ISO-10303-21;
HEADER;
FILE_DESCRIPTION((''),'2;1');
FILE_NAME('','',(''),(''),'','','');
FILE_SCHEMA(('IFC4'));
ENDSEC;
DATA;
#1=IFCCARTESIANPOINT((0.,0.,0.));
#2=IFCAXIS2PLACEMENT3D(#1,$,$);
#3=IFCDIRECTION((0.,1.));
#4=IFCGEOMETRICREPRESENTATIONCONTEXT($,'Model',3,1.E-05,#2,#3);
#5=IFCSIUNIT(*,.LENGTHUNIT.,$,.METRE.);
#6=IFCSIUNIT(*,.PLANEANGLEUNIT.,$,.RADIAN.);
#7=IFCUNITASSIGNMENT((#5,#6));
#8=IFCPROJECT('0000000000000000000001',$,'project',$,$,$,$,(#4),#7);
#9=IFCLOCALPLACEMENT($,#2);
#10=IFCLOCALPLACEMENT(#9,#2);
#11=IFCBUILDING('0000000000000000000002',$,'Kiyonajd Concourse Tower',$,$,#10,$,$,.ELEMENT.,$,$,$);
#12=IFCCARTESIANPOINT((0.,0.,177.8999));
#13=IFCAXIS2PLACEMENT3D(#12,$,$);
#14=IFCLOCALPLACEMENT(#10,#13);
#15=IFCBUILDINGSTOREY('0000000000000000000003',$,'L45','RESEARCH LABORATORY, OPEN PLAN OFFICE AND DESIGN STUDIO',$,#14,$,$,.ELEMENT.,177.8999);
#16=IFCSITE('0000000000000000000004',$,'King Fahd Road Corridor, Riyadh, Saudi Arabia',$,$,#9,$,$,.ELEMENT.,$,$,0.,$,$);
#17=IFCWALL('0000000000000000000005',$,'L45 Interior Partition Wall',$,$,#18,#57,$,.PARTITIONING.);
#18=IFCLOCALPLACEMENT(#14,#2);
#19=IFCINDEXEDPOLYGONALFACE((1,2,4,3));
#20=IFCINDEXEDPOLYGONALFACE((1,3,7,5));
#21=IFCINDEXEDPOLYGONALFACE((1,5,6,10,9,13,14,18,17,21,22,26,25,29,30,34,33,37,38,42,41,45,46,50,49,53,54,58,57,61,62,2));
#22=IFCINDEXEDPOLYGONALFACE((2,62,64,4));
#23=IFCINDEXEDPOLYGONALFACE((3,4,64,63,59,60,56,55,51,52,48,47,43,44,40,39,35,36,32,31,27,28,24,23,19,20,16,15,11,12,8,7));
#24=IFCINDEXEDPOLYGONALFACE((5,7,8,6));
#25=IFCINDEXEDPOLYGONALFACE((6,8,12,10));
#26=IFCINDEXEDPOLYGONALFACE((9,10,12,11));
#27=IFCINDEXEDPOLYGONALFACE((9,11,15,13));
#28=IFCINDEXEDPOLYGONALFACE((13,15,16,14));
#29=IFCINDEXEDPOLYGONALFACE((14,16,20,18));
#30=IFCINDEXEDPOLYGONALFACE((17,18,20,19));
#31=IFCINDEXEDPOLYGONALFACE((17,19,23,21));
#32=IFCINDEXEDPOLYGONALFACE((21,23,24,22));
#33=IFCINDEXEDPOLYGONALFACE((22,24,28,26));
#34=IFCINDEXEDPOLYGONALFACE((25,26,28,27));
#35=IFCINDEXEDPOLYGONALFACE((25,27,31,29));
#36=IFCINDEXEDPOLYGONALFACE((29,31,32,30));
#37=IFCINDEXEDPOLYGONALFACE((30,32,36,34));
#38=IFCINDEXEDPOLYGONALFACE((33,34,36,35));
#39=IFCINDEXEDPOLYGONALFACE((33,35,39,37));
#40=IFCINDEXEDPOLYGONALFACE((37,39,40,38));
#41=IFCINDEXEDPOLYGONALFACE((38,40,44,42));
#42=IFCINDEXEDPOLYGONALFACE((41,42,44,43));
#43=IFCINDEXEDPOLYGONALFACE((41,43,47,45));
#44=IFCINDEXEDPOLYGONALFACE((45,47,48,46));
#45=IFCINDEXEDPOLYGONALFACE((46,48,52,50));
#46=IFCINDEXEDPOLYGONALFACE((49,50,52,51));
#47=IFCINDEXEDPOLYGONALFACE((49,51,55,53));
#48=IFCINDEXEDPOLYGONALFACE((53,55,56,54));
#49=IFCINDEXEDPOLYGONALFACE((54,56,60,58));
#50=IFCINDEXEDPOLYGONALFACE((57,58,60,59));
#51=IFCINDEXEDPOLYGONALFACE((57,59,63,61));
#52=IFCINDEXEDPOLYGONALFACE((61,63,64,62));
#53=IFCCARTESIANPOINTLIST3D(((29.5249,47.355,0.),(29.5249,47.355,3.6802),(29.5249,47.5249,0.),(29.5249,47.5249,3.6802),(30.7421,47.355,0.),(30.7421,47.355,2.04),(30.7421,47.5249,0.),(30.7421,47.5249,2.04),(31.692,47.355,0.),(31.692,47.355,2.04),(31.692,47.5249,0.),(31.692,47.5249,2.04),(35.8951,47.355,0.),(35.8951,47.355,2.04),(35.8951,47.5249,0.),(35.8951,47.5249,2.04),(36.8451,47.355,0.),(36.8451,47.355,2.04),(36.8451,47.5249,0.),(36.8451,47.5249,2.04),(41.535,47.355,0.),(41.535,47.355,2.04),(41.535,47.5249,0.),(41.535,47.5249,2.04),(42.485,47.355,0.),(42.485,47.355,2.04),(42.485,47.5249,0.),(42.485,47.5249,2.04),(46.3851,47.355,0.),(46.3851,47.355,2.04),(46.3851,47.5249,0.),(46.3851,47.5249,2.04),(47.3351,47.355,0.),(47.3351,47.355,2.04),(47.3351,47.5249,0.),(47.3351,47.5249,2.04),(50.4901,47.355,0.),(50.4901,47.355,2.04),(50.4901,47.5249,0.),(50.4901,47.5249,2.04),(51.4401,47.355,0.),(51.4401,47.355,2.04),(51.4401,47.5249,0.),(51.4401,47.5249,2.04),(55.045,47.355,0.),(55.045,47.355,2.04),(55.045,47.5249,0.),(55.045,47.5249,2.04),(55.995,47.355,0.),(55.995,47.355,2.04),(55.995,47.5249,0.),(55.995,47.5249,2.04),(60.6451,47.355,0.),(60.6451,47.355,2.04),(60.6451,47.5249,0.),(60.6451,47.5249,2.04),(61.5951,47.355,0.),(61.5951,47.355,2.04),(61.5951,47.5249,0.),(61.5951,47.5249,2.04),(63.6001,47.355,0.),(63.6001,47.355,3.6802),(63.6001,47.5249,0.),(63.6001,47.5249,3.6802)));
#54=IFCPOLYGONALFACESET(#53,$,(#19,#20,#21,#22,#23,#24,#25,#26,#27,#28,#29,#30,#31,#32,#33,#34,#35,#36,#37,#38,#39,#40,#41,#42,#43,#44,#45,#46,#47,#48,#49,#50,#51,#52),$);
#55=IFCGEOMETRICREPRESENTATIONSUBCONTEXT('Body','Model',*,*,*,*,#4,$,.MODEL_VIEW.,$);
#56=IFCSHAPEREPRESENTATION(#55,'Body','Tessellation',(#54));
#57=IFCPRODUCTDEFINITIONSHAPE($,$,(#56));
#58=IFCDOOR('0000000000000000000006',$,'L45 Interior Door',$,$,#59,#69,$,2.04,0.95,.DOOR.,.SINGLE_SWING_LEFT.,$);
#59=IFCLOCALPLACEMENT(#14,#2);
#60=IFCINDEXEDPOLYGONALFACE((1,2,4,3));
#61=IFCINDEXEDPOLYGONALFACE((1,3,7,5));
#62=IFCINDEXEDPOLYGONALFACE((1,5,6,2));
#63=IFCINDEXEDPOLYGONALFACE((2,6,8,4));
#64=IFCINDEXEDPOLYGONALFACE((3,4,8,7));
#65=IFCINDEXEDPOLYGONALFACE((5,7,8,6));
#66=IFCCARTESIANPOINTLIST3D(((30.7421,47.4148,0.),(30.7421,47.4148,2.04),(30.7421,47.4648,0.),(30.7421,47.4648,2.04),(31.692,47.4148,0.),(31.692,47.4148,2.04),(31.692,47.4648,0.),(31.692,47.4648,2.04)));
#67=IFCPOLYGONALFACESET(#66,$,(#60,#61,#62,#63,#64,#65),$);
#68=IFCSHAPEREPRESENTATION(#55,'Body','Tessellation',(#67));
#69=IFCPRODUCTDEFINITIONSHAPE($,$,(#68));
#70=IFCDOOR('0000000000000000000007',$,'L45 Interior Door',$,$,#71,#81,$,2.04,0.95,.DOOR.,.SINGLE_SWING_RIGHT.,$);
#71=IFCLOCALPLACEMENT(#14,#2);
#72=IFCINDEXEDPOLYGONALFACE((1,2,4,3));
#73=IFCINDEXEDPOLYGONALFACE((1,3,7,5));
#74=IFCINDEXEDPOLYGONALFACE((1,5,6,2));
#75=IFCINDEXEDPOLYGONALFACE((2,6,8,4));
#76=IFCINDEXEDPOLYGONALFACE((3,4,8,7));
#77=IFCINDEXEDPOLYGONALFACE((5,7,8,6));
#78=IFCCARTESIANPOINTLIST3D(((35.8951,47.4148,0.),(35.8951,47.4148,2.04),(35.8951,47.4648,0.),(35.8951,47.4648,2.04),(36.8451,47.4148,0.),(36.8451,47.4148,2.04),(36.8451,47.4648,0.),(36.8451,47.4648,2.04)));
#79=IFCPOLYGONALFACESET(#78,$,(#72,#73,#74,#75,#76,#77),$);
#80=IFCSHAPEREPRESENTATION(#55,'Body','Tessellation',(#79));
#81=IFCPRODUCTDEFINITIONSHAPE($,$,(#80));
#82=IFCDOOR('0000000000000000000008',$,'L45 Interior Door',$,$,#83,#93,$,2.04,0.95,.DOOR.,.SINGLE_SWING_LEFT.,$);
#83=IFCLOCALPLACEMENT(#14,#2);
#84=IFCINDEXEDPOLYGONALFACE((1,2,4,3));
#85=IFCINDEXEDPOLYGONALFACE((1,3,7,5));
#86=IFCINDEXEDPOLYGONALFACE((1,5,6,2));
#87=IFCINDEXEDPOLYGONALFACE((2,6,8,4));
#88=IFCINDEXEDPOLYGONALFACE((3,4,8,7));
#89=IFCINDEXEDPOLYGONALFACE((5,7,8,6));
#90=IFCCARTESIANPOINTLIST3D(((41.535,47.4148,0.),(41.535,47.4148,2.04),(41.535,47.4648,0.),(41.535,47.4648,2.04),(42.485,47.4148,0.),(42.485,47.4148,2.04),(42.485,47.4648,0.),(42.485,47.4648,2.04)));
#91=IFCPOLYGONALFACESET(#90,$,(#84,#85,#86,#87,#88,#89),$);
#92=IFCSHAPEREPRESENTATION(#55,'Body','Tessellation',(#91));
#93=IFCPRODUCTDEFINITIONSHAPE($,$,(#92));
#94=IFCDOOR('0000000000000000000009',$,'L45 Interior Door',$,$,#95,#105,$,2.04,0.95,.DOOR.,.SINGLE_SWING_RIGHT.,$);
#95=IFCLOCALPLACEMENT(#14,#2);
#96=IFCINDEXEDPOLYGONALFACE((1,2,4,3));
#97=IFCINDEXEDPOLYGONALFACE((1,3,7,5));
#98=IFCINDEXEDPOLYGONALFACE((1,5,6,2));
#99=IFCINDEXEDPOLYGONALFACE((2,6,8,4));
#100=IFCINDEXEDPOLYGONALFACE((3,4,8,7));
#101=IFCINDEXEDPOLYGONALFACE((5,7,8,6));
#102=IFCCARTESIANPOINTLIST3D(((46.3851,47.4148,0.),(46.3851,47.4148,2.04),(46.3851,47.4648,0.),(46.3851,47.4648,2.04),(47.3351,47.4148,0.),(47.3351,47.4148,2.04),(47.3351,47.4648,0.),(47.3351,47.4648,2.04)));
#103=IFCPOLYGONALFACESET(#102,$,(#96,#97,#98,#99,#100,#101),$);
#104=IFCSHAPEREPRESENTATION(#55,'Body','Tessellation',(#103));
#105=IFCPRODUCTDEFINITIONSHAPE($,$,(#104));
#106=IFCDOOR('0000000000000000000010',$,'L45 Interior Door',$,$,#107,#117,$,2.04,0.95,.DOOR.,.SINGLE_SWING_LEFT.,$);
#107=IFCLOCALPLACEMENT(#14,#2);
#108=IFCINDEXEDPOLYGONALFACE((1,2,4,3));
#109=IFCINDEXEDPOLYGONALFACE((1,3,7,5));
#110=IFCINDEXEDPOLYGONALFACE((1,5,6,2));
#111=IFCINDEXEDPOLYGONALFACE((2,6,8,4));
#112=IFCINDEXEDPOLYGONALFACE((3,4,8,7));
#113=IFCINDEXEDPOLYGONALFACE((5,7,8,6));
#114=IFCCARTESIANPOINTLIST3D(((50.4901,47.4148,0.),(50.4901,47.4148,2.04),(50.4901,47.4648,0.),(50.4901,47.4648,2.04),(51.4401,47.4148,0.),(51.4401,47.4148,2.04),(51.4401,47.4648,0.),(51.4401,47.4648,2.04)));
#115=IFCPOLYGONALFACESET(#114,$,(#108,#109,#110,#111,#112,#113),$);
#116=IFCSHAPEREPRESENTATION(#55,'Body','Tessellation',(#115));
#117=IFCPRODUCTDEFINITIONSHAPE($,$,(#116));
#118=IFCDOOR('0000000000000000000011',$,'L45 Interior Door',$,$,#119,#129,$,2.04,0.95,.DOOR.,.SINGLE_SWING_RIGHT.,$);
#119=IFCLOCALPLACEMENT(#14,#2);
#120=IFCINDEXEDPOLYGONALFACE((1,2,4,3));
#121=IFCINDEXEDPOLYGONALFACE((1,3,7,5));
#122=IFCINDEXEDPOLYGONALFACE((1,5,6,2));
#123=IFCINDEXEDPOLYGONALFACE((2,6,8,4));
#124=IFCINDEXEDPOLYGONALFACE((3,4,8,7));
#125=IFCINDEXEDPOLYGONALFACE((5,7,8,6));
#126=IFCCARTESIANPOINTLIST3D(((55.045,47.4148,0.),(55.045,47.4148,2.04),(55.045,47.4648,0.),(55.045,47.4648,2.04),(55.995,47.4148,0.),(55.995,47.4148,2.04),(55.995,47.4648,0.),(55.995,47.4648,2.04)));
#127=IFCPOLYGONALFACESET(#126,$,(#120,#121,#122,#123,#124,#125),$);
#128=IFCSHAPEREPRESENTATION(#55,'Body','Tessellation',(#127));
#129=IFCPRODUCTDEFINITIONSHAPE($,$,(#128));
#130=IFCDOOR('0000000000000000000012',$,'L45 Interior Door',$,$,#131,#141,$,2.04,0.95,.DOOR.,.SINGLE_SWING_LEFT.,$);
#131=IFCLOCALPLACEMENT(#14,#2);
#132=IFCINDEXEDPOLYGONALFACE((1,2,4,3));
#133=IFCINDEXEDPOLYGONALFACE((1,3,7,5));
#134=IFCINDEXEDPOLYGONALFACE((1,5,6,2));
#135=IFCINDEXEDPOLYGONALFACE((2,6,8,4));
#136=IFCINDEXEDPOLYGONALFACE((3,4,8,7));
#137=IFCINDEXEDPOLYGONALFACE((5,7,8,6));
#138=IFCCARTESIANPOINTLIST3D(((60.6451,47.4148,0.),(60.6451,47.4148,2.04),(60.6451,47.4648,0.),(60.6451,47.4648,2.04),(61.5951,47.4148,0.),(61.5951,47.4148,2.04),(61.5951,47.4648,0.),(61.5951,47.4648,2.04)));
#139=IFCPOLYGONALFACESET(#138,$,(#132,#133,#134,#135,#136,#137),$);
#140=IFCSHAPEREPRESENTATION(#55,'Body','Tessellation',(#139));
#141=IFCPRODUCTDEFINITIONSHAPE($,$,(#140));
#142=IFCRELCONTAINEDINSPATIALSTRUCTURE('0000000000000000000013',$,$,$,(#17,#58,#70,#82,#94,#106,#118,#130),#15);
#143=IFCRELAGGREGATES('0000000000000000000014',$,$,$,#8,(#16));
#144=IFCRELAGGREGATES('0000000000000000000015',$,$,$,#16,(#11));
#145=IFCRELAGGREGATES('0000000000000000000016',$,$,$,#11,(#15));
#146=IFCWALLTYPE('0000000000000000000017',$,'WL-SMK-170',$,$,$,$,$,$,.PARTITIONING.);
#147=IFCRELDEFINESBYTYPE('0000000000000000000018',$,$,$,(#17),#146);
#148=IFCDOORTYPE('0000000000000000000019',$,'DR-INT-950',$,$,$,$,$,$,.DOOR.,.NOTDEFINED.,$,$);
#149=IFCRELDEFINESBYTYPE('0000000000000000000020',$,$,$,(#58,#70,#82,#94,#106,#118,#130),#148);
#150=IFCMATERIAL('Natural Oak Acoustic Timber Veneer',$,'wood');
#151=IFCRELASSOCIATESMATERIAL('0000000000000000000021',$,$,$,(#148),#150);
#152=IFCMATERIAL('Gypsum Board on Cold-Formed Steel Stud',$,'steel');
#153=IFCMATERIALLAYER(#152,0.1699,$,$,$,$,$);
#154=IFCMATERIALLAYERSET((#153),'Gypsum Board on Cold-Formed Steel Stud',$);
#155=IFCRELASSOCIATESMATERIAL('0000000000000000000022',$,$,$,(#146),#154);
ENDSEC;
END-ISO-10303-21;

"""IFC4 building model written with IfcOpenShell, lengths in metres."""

from ifc_helpers import new_model, si_unit, direction, frame, frame_2d, origin, place, context, subcontext, project, spatial, rectangle, extrude, material, layer, layer_set, type_object, element, fill, save


model = new_model("IFC4")

# Units and contexts
model_context = context("Model", 3, precision=1e-05, world=origin(), true_north=direction((0.0, 1.0)))
body_context = subcontext(model_context, "Body", "Model", "MODEL_VIEW")
ifc_project = project(units=[si_unit("LENGTHUNIT", "METRE"), si_unit("PLANEANGLEUNIT", "RADIAN")], contexts=[model_context])

# Site, building, storey
site_placement = place(None, origin())
site = spatial("IfcSite", under=ifc_project, at=site_placement, Name="King Fahd Road Corridor, Riyadh, Saudi Arabia", CompositionType="ELEMENT", RefElevation=0.0)
building_placement = place(site_placement, origin())
building = spatial("IfcBuilding", under=site, at=building_placement, Name="Kiyonajd Concourse Tower", CompositionType="ELEMENT")
storey_placement = place(building_placement, frame((0.0, 0.0, 177.8999)))
storey = spatial("IfcBuildingStorey", under=building, at=storey_placement, Name="L45", Description="RESEARCH LABORATORY, OPEN PLAN OFFICE AND DESIGN STUDIO", CompositionType="ELEMENT", Elevation=177.8999)

# Shared definitions
ifc_material_1 = material(Name="Natural Oak Acoustic Timber Veneer", Category="wood")
door_type_1 = type_object("IfcDoorType", Name="DR-INT-950", OperationType="NOTDEFINED", PredefinedType="DOOR", material=ifc_material_1)

# Shared definitions
ifc_material_2 = material(Name="Gypsum Board on Cold-Formed Steel Stud", Category="steel")

# Wall, openings, doors
ifc_layer_1 = layer(ifc_material_2, 0.1699)
ifc_layer_set_1 = layer_set([ifc_layer_1], Name="Gypsum Board on Cold-Formed Steel Stud")
wall_type_1 = type_object("IfcWallType", Name="WL-SMK-170", PredefinedType="PARTITIONING", material=ifc_layer_set_1)
wall_1_placement = place(storey_placement, frame((29.5249, 47.4399, 0.0), z_axis=(0.0, 0.0, 1.0), x_axis=(1.0, 0.0, 0.0)))
wall_1 = element("IfcWall", 1, at=wall_1_placement, inside=storey, type_object=wall_type_1, Name="L45 Interior Partition Wall", PredefinedType="PARTITIONING", context=body_context, shape_type="SweptSolid", body=[
    extrude(rectangle(XDim=34.0752, YDim=0.1699, at=frame_2d((17.0376, 0.0))), origin(), (0.0, 0.0, 1.0), 3.6802),
])
opening_1_placement = place(wall_1_placement, frame((1.217, 0.0, 0.0)))
opening_1 = element("IfcOpeningElement", 2, at=opening_1_placement, cuts=wall_1, PredefinedType="OPENING", context=body_context, shape_type="SweptSolid", body=[
    extrude(rectangle(XDim=0.95, YDim=2.04, at=frame_2d((0.4751, 1.02))), frame((0.0, 0.095, 0.0), z_axis=(0.0, -1.0, 0.0), x_axis=(1.0, 0.0, 0.0)), (0.0, 0.0, 1.0), 0.1899),
])
opening_2_placement = place(wall_1_placement, frame((6.3701, 0.0, 0.0)))
opening_2 = element("IfcOpeningElement", 3, at=opening_2_placement, cuts=wall_1, PredefinedType="OPENING", context=body_context, shape_type="SweptSolid", body=[
    extrude(rectangle(XDim=0.95, YDim=2.04, at=frame_2d((0.4751, 1.02))), frame((0.0, 0.095, 0.0), z_axis=(0.0, -1.0, 0.0), x_axis=(1.0, 0.0, 0.0)), (0.0, 0.0, 1.0), 0.1899),
])
opening_3_placement = place(wall_1_placement, frame((12.01, 0.0, 0.0)))
opening_3 = element("IfcOpeningElement", 4, at=opening_3_placement, cuts=wall_1, PredefinedType="OPENING", context=body_context, shape_type="SweptSolid", body=[
    extrude(rectangle(XDim=0.95, YDim=2.04, at=frame_2d((0.4751, 1.02))), frame((0.0, 0.095, 0.0), z_axis=(0.0, -1.0, 0.0), x_axis=(1.0, 0.0, 0.0)), (0.0, 0.0, 1.0), 0.1899),
])
opening_4_placement = place(wall_1_placement, frame((16.8601, 0.0, 0.0)))
opening_4 = element("IfcOpeningElement", 5, at=opening_4_placement, cuts=wall_1, PredefinedType="OPENING", context=body_context, shape_type="SweptSolid", body=[
    extrude(rectangle(XDim=0.95, YDim=2.04, at=frame_2d((0.4751, 1.02))), frame((0.0, 0.095, 0.0), z_axis=(0.0, -1.0, 0.0), x_axis=(1.0, 0.0, 0.0)), (0.0, 0.0, 1.0), 0.1899),
])
opening_5_placement = place(wall_1_placement, frame((20.9651, 0.0, 0.0)))
opening_5 = element("IfcOpeningElement", 6, at=opening_5_placement, cuts=wall_1, PredefinedType="OPENING", context=body_context, shape_type="SweptSolid", body=[
    extrude(rectangle(XDim=0.95, YDim=2.04, at=frame_2d((0.4751, 1.02))), frame((0.0, 0.095, 0.0), z_axis=(0.0, -1.0, 0.0), x_axis=(1.0, 0.0, 0.0)), (0.0, 0.0, 1.0), 0.1899),
])
opening_6_placement = place(wall_1_placement, frame((25.52, 0.0, 0.0)))
opening_6 = element("IfcOpeningElement", 7, at=opening_6_placement, cuts=wall_1, PredefinedType="OPENING", context=body_context, shape_type="SweptSolid", body=[
    extrude(rectangle(XDim=0.95, YDim=2.04, at=frame_2d((0.4751, 1.02))), frame((0.0, 0.095, 0.0), z_axis=(0.0, -1.0, 0.0), x_axis=(1.0, 0.0, 0.0)), (0.0, 0.0, 1.0), 0.1899),
])
opening_7_placement = place(wall_1_placement, frame((31.1201, 0.0, 0.0)))
opening_7 = element("IfcOpeningElement", 8, at=opening_7_placement, cuts=wall_1, PredefinedType="OPENING", context=body_context, shape_type="SweptSolid", body=[
    extrude(rectangle(XDim=0.95, YDim=2.04, at=frame_2d((0.4751, 1.02))), frame((0.0, 0.095, 0.0), z_axis=(0.0, -1.0, 0.0), x_axis=(1.0, 0.0, 0.0)), (0.0, 0.0, 1.0), 0.1899),
])
door_1_placement = place(opening_1_placement, origin())
door_1 = element("IfcDoor", 9, at=door_1_placement, inside=storey, type_object=door_type_1, Name="L45 Interior Door", OperationType="SINGLE_SWING_LEFT", OverallHeight=2.04, OverallWidth=0.95, PredefinedType="DOOR", context=body_context, shape_type="SweptSolid", body=[
    extrude(rectangle(XDim=0.95, YDim=2.04, at=frame_2d((0.4751, 1.02))), frame((0.0, 0.0249, 0.0), z_axis=(0.0, -1.0, 0.0), x_axis=(1.0, 0.0, 0.0)), (0.0, 0.0, 1.0), 0.05),
])
fill(opening_1, door_1)
door_2_placement = place(opening_2_placement, origin())
door_2 = element("IfcDoor", 10, at=door_2_placement, inside=storey, type_object=door_type_1, Name="L45 Interior Door", OperationType="SINGLE_SWING_RIGHT", OverallHeight=2.04, OverallWidth=0.95, PredefinedType="DOOR", context=body_context, shape_type="SweptSolid", body=[
    extrude(rectangle(XDim=0.95, YDim=2.04, at=frame_2d((0.4751, 1.02))), frame((0.0, 0.0249, 0.0), z_axis=(0.0, -1.0, 0.0), x_axis=(1.0, 0.0, 0.0)), (0.0, 0.0, 1.0), 0.05),
])
fill(opening_2, door_2)
door_3_placement = place(opening_3_placement, origin())
door_3 = element("IfcDoor", 11, at=door_3_placement, inside=storey, type_object=door_type_1, Name="L45 Interior Door", OperationType="SINGLE_SWING_LEFT", OverallHeight=2.04, OverallWidth=0.95, PredefinedType="DOOR", context=body_context, shape_type="SweptSolid", body=[
    extrude(rectangle(XDim=0.95, YDim=2.04, at=frame_2d((0.4751, 1.02))), frame((0.0, 0.0249, 0.0), z_axis=(0.0, -1.0, 0.0), x_axis=(1.0, 0.0, 0.0)), (0.0, 0.0, 1.0), 0.05),
])
fill(opening_3, door_3)
door_4_placement = place(opening_4_placement, origin())
door_4 = element("IfcDoor", 12, at=door_4_placement, inside=storey, type_object=door_type_1, Name="L45 Interior Door", OperationType="SINGLE_SWING_RIGHT", OverallHeight=2.04, OverallWidth=0.95, PredefinedType="DOOR", context=body_context, shape_type="SweptSolid", body=[
    extrude(rectangle(XDim=0.95, YDim=2.04, at=frame_2d((0.4751, 1.02))), frame((0.0, 0.0249, 0.0), z_axis=(0.0, -1.0, 0.0), x_axis=(1.0, 0.0, 0.0)), (0.0, 0.0, 1.0), 0.05),
])
fill(opening_4, door_4)
door_5_placement = place(opening_5_placement, origin())
door_5 = element("IfcDoor", 13, at=door_5_placement, inside=storey, type_object=door_type_1, Name="L45 Interior Door", OperationType="SINGLE_SWING_LEFT", OverallHeight=2.04, OverallWidth=0.95, PredefinedType="DOOR", context=body_context, shape_type="SweptSolid", body=[
    extrude(rectangle(XDim=0.95, YDim=2.04, at=frame_2d((0.4751, 1.02))), frame((0.0, 0.0249, 0.0), z_axis=(0.0, -1.0, 0.0), x_axis=(1.0, 0.0, 0.0)), (0.0, 0.0, 1.0), 0.05),
])
fill(opening_5, door_5)
door_6_placement = place(opening_6_placement, origin())
door_6 = element("IfcDoor", 14, at=door_6_placement, inside=storey, type_object=door_type_1, Name="L45 Interior Door", OperationType="SINGLE_SWING_RIGHT", OverallHeight=2.04, OverallWidth=0.95, PredefinedType="DOOR", context=body_context, shape_type="SweptSolid", body=[
    extrude(rectangle(XDim=0.95, YDim=2.04, at=frame_2d((0.4751, 1.02))), frame((0.0, 0.0249, 0.0), z_axis=(0.0, -1.0, 0.0), x_axis=(1.0, 0.0, 0.0)), (0.0, 0.0, 1.0), 0.05),
])
fill(opening_6, door_6)
door_7_placement = place(opening_7_placement, origin())
door_7 = element("IfcDoor", 15, at=door_7_placement, inside=storey, type_object=door_type_1, Name="L45 Interior Door", OperationType="SINGLE_SWING_LEFT", OverallHeight=2.04, OverallWidth=0.95, PredefinedType="DOOR", context=body_context, shape_type="SweptSolid", body=[
    extrude(rectangle(XDim=0.95, YDim=2.04, at=frame_2d((0.4751, 1.02))), frame((0.0, 0.0249, 0.0), z_axis=(0.0, -1.0, 0.0), x_axis=(1.0, 0.0, 0.0)), (0.0, 0.0, 1.0), 0.05),
])
fill(opening_7, door_7)

save(model, "model.ifc")
